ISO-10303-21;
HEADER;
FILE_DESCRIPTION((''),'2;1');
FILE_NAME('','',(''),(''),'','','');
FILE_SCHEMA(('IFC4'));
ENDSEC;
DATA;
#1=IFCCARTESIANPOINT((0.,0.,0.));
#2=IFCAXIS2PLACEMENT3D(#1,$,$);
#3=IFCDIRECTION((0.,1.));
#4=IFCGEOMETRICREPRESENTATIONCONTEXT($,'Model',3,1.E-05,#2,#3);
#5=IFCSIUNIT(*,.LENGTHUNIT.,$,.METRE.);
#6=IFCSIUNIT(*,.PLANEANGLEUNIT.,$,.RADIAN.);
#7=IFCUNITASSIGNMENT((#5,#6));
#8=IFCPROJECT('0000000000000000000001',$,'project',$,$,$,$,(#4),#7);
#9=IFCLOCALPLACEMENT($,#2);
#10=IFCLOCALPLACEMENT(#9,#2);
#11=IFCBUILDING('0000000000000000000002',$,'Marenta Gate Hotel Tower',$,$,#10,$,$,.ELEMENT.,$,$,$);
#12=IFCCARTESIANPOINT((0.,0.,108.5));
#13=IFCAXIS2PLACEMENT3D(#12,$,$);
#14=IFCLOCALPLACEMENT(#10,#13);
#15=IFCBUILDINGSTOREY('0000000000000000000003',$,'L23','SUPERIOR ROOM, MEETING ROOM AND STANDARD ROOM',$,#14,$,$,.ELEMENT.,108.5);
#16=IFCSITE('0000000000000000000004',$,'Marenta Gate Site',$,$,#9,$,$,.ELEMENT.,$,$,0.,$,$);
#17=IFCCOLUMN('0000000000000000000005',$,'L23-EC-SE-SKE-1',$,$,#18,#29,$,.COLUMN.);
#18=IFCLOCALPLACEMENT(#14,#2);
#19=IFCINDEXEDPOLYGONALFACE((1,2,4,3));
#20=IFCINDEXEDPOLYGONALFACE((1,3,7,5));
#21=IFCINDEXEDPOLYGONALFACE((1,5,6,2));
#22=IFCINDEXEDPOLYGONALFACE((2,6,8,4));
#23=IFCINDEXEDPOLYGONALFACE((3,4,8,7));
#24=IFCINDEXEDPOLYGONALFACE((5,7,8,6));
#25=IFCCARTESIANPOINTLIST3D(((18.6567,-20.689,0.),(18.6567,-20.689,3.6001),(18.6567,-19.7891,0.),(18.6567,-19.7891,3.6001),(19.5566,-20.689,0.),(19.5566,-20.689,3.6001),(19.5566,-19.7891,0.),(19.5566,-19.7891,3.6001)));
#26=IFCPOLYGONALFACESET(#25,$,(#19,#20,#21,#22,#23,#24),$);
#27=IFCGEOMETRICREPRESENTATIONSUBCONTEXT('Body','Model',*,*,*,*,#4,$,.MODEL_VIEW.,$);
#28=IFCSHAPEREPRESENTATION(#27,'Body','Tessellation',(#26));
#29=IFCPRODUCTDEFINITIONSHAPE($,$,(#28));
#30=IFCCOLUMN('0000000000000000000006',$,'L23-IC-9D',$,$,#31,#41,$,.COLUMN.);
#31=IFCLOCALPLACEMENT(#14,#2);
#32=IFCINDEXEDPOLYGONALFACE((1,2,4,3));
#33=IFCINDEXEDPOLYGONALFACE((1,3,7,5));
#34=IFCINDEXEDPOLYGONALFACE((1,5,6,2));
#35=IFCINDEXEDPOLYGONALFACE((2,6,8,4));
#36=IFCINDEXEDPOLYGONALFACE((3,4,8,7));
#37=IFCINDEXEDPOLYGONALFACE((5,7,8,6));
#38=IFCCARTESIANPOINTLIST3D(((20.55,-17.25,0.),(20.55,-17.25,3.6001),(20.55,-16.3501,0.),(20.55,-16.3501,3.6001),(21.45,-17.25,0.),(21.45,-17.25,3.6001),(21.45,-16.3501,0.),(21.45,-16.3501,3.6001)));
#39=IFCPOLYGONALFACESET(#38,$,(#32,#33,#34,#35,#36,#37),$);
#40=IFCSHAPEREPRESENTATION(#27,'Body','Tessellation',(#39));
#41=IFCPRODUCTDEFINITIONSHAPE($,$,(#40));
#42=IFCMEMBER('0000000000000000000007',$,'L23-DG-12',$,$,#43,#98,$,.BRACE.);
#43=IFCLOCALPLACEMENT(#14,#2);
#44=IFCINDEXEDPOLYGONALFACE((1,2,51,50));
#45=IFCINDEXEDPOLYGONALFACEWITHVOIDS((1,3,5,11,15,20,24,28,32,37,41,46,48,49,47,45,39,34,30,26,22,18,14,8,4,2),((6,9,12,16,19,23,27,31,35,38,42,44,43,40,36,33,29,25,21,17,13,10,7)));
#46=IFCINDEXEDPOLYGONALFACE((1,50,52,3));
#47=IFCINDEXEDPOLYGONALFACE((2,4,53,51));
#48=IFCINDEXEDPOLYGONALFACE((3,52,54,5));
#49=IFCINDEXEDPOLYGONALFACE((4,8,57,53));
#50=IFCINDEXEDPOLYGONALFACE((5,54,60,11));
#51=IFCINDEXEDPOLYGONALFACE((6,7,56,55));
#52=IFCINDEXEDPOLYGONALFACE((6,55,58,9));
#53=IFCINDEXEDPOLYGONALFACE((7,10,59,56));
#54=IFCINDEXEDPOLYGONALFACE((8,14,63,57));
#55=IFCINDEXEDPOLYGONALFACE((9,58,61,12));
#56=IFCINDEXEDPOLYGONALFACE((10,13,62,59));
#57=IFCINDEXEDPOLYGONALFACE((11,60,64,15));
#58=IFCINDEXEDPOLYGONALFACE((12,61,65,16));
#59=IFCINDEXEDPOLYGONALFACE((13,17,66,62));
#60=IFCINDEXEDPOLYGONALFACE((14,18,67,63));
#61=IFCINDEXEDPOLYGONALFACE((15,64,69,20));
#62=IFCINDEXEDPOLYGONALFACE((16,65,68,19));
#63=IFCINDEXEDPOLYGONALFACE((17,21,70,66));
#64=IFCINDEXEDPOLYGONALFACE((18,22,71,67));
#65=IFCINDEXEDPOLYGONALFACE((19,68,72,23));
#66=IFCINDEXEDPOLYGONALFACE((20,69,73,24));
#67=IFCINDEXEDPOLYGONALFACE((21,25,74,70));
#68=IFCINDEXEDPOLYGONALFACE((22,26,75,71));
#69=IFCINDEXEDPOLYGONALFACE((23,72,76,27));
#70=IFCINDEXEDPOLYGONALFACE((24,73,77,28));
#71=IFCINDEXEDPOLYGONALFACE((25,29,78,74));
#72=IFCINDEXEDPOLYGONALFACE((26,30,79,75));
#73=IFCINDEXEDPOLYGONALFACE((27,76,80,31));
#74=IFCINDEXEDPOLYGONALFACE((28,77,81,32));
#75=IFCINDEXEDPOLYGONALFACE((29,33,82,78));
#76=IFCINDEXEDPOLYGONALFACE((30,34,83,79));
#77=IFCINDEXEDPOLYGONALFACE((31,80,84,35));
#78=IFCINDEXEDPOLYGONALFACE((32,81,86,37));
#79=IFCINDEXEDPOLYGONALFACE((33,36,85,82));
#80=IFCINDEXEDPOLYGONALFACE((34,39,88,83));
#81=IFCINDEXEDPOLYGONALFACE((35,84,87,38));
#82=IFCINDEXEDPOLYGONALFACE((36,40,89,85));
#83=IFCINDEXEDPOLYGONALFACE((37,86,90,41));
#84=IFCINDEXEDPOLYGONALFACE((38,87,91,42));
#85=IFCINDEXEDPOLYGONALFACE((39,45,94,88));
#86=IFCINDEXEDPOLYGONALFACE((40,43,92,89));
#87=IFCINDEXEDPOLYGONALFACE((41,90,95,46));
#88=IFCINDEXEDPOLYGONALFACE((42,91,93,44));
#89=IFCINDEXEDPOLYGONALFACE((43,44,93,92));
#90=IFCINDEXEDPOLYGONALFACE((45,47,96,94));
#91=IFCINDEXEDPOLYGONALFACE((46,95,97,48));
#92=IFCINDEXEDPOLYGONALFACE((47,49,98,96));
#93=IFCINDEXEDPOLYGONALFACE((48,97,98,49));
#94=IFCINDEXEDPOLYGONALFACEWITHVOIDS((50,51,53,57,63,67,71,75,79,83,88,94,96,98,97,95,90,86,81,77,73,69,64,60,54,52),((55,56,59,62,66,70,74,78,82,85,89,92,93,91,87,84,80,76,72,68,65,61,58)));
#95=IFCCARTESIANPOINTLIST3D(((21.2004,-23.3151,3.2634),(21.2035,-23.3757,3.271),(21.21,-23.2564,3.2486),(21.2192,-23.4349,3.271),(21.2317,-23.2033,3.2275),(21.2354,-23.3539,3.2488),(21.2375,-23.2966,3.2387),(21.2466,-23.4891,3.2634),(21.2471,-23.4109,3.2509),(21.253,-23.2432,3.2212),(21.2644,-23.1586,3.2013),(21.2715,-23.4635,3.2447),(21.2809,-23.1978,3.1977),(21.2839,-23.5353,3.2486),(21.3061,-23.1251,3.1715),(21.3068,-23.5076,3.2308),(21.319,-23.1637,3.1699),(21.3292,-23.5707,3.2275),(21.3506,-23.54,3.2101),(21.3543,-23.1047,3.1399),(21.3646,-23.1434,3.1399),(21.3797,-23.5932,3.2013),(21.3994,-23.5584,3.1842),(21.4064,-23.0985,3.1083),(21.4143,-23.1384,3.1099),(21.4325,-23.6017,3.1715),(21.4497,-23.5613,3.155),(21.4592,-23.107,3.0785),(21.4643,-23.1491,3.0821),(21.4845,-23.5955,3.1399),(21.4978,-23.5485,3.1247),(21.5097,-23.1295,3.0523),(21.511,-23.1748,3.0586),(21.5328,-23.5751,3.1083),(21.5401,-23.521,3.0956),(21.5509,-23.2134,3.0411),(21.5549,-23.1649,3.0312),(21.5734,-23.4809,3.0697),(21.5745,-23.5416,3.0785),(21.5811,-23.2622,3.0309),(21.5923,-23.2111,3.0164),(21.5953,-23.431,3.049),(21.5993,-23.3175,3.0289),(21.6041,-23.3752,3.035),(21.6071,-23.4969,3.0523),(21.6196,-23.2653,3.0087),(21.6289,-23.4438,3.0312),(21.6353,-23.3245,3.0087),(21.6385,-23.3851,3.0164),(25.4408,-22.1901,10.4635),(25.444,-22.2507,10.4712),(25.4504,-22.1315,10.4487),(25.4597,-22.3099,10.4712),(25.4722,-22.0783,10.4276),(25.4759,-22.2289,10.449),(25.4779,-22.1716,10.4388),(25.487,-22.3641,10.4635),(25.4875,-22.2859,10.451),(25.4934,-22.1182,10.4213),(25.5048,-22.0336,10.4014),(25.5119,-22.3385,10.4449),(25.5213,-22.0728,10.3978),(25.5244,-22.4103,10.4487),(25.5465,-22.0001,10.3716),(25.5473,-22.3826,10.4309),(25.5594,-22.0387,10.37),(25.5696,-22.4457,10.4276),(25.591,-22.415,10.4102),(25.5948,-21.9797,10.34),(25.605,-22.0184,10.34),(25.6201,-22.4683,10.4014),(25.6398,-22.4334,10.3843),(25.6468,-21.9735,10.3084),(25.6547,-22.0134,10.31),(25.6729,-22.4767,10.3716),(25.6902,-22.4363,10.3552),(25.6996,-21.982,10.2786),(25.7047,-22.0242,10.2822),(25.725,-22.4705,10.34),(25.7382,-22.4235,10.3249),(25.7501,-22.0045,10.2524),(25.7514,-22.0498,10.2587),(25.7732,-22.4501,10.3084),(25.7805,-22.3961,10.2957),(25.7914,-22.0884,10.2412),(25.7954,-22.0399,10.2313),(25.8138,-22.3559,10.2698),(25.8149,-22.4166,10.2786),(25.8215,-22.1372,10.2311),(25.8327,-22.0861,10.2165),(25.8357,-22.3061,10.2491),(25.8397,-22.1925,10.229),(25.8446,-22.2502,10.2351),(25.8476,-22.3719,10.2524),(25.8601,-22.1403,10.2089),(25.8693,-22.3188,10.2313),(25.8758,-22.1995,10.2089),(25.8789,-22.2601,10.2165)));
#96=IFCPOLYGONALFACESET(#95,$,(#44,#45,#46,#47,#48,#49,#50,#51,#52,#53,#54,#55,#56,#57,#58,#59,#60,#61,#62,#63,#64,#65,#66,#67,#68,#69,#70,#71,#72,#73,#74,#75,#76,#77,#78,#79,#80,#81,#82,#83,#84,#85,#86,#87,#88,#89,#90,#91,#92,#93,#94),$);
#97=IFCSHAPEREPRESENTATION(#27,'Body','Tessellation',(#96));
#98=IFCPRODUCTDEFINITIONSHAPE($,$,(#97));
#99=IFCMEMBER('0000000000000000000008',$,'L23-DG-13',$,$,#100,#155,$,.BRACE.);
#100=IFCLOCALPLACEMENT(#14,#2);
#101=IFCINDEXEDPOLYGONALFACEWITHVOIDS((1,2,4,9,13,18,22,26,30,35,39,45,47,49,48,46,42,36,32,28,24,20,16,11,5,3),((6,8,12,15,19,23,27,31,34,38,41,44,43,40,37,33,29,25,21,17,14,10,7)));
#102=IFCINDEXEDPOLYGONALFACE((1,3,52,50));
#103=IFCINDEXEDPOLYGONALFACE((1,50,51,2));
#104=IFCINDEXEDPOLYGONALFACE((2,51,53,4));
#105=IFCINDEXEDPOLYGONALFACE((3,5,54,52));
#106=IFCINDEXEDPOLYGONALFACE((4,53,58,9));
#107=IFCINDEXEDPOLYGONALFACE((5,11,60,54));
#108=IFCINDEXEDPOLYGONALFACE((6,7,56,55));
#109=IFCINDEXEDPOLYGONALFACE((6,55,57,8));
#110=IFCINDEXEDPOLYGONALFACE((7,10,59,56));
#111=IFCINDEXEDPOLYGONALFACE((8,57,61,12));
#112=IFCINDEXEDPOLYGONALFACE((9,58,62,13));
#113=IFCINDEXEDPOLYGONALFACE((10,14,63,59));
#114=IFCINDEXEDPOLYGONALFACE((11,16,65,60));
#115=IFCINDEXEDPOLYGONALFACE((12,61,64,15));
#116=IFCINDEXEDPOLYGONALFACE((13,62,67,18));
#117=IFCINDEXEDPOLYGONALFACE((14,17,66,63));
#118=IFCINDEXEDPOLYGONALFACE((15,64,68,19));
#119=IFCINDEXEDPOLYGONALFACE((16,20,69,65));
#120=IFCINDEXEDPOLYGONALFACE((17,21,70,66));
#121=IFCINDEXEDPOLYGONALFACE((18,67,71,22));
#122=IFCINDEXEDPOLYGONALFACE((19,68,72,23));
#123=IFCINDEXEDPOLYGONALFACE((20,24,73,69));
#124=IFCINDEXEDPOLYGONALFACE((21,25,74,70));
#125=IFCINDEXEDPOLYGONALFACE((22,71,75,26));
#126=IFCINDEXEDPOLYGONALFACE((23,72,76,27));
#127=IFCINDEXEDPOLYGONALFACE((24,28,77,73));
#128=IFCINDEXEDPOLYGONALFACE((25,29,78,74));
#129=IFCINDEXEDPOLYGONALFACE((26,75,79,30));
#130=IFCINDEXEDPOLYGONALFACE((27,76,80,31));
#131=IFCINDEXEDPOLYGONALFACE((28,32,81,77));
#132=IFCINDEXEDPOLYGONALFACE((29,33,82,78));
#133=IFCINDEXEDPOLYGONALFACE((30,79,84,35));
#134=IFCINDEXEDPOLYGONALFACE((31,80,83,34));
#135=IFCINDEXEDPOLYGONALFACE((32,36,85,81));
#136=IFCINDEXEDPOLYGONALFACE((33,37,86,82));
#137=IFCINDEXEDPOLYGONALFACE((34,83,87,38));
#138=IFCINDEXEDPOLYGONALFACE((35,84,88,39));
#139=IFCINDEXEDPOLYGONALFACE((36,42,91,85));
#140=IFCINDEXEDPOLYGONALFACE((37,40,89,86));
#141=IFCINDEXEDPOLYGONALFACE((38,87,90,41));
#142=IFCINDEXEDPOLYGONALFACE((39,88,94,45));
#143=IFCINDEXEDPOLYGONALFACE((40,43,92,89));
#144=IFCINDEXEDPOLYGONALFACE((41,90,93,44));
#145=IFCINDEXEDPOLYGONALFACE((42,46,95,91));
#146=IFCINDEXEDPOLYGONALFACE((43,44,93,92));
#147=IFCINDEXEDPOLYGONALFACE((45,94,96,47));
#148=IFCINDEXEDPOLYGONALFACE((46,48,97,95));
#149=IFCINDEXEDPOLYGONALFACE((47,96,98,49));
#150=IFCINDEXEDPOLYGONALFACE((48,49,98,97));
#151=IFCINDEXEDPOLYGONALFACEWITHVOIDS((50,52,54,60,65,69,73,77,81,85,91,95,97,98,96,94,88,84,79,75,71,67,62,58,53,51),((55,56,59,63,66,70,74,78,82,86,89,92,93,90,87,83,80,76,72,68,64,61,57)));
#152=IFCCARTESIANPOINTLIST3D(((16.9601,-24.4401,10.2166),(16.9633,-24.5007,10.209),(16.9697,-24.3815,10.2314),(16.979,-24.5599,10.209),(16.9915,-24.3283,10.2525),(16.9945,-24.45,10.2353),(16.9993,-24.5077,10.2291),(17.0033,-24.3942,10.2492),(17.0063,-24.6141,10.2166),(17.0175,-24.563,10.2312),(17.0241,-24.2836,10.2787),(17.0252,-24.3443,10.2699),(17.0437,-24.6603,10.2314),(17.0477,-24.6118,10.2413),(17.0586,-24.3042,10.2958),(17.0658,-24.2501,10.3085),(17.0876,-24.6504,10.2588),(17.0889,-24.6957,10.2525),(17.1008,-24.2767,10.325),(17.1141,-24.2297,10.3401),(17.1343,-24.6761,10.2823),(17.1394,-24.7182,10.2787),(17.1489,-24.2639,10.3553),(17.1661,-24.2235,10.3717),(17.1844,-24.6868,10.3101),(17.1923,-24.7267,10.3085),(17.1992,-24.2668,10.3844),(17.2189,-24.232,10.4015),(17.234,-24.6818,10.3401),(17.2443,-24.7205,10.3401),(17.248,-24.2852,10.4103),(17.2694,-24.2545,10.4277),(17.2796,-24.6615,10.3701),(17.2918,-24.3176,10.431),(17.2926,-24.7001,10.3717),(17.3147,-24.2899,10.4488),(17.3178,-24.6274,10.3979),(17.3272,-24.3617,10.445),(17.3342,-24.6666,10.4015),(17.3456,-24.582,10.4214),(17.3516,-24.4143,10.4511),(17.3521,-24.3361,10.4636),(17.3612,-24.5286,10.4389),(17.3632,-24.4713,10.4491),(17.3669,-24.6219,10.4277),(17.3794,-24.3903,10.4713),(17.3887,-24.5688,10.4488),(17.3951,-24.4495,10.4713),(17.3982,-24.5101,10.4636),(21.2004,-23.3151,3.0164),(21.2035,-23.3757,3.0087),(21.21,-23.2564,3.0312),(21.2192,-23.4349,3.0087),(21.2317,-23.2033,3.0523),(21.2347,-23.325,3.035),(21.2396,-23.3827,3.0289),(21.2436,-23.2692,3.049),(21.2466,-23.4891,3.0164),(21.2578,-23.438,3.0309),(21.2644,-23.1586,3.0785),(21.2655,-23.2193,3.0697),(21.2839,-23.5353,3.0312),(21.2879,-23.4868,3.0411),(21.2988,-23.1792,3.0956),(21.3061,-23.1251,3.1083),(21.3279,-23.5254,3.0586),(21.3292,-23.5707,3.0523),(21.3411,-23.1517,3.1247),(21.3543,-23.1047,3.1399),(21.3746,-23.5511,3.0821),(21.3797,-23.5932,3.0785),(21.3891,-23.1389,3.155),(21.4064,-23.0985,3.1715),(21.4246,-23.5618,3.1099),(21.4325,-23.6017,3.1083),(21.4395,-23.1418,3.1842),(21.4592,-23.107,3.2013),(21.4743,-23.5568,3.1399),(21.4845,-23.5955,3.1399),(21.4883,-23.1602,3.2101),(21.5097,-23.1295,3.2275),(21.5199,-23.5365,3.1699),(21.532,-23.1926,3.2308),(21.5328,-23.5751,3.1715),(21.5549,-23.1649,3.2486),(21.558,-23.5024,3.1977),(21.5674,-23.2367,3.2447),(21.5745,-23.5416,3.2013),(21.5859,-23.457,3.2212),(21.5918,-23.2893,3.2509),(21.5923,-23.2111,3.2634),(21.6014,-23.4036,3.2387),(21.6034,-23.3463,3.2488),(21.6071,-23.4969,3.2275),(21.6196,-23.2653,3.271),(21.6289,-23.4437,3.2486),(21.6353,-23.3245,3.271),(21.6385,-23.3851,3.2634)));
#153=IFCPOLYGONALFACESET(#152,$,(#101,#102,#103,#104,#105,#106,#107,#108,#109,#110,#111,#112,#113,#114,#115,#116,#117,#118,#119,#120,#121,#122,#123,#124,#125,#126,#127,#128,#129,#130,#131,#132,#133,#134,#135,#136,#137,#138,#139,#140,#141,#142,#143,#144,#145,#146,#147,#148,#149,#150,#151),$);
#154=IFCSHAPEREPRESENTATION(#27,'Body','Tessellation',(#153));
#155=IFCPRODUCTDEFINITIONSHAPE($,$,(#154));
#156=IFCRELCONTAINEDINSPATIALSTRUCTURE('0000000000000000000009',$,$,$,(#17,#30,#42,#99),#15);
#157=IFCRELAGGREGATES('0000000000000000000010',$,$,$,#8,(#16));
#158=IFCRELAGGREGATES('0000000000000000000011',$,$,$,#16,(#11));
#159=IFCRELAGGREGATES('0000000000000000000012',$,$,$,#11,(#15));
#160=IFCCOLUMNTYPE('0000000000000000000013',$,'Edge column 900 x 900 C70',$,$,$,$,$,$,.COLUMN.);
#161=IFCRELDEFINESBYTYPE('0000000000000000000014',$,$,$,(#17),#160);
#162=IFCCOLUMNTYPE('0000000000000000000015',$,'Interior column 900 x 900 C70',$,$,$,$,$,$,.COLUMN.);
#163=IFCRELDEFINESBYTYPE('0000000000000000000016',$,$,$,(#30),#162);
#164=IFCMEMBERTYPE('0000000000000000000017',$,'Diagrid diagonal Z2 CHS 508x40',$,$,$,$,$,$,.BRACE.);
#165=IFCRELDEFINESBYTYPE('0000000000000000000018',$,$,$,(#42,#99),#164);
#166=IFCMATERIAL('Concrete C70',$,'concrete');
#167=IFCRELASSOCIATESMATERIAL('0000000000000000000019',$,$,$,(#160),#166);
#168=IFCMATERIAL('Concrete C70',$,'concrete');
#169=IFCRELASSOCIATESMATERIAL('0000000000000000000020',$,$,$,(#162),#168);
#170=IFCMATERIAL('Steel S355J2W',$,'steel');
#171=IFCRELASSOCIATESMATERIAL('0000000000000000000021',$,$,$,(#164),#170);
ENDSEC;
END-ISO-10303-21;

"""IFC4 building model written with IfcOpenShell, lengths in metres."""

from ifc_helpers import new_model, si_unit, direction, frame, origin, origin_2d, place, context, subcontext, project, spatial, rectangle, hollow_circle, extrude, material, material_profile, profile_set, type_object, element, save


model = new_model("IFC4")

# Units and contexts
model_context = context("Model", 3, precision=1e-05, world=origin(), true_north=direction((0.0, 1.0)))
body_context = subcontext(model_context, "Body", "Model", "MODEL_VIEW")
ifc_project = project(units=[si_unit("LENGTHUNIT", "METRE"), si_unit("PLANEANGLEUNIT", "RADIAN")], contexts=[model_context])

# Site, building, storey
site_placement = place(None, origin())
site = spatial("IfcSite", under=ifc_project, at=site_placement, Name="Marenta Gate Site", CompositionType="ELEMENT", RefElevation=0.0)
building_placement = place(site_placement, origin())
building = spatial("IfcBuilding", under=site, at=building_placement, Name="Marenta Gate Hotel Tower", CompositionType="ELEMENT")
storey_placement = place(building_placement, frame((0.0, 0.0, 108.5)))
storey = spatial("IfcBuildingStorey", under=building, at=storey_placement, Name="L23", Description="SUPERIOR ROOM, MEETING ROOM AND STANDARD ROOM", CompositionType="ELEMENT", Elevation=108.5)

# Columns
ifc_material_1 = material(Name="Concrete C70", Category="concrete")
ifc_material_profile_1 = material_profile(ifc_material_1, rectangle(XDim=0.8999, YDim=0.8999, at=origin_2d()), Name="900 x 900")
ifc_profile_set_1 = profile_set([ifc_material_profile_1], Name="Concrete C70")
column_type_1 = type_object("IfcColumnType", Name="Edge column 900 x 900 C70", PredefinedType="COLUMN", material=ifc_profile_set_1)
column_1_placement = place(storey_placement, frame((19.1067, -20.239, 0.0), z_axis=(0.0, 0.0, 1.0), x_axis=(1.0, 0.0, 0.0)))
element("IfcColumn", 1, at=column_1_placement, inside=storey, type_object=column_type_1, Name="L23-EC-SE-SKE-1", PredefinedType="COLUMN", context=body_context, shape_type="SweptSolid", body=[
    extrude(rectangle(XDim=0.8999, YDim=0.8999, at=origin_2d()), origin(), (0.0, 0.0, 1.0), 3.6001),
])
ifc_material_2 = material(Name="Concrete C70", Category="concrete")
ifc_material_profile_2 = material_profile(ifc_material_2, rectangle(XDim=0.8999, YDim=0.8999, at=origin_2d()), Name="900 x 900")
ifc_profile_set_2 = profile_set([ifc_material_profile_2], Name="Concrete C70")
column_type_2 = type_object("IfcColumnType", Name="Interior column 900 x 900 C70", PredefinedType="COLUMN", material=ifc_profile_set_2)
column_2_placement = place(storey_placement, frame((21.0, -16.8, 0.0), z_axis=(0.0, 0.0, 1.0), x_axis=(1.0, 0.0, 0.0)))
element("IfcColumn", 2, at=column_2_placement, inside=storey, type_object=column_type_2, Name="L23-IC-9D", PredefinedType="COLUMN", context=body_context, shape_type="SweptSolid", body=[
    extrude(rectangle(XDim=0.8999, YDim=0.8999, at=origin_2d()), origin(), (0.0, 0.0, 1.0), 3.6001),
])

# Members
ifc_material_3 = material(Name="Steel S355J2W", Category="steel")
ifc_material_profile_3 = material_profile(ifc_material_3, hollow_circle(Radius=0.2539, WallThickness=0.04, at=origin_2d()), Name="CHS 508x40")
ifc_profile_set_3 = profile_set([ifc_material_profile_3], Name="Steel S355J2W")
member_type_1 = type_object("IfcMemberType", Name="Diagrid diagonal Z2 CHS 508x40", PredefinedType="BRACE", material=ifc_profile_set_3)
for number, where, z_axis, x_axis, name in (
    (3, (21.4194, -23.3501, 3.1399), (0.502933, 0.133428, 0.853964), (-0.256429, 0.966563, 0.0), "L23-DG-12"),
    (4, (21.4194, -23.3501, 3.1399), (-0.502912, -0.13343, 0.853977), (0.256443, -0.966559, 0.0), "L23-DG-13"),
):
    element("IfcMember", number, at=place(storey_placement, frame(where, z_axis=z_axis, x_axis=x_axis)), inside=storey, type_object=member_type_1, Name=name, PredefinedType="BRACE", context=body_context, shape_type="SweptSolid", body=[
        extrude(hollow_circle(Radius=0.2539, WallThickness=0.04, at=origin_2d()), origin(), (0.0, 0.0, 1.0), 8.4314),
    ])

save(model, "model.ifc")
